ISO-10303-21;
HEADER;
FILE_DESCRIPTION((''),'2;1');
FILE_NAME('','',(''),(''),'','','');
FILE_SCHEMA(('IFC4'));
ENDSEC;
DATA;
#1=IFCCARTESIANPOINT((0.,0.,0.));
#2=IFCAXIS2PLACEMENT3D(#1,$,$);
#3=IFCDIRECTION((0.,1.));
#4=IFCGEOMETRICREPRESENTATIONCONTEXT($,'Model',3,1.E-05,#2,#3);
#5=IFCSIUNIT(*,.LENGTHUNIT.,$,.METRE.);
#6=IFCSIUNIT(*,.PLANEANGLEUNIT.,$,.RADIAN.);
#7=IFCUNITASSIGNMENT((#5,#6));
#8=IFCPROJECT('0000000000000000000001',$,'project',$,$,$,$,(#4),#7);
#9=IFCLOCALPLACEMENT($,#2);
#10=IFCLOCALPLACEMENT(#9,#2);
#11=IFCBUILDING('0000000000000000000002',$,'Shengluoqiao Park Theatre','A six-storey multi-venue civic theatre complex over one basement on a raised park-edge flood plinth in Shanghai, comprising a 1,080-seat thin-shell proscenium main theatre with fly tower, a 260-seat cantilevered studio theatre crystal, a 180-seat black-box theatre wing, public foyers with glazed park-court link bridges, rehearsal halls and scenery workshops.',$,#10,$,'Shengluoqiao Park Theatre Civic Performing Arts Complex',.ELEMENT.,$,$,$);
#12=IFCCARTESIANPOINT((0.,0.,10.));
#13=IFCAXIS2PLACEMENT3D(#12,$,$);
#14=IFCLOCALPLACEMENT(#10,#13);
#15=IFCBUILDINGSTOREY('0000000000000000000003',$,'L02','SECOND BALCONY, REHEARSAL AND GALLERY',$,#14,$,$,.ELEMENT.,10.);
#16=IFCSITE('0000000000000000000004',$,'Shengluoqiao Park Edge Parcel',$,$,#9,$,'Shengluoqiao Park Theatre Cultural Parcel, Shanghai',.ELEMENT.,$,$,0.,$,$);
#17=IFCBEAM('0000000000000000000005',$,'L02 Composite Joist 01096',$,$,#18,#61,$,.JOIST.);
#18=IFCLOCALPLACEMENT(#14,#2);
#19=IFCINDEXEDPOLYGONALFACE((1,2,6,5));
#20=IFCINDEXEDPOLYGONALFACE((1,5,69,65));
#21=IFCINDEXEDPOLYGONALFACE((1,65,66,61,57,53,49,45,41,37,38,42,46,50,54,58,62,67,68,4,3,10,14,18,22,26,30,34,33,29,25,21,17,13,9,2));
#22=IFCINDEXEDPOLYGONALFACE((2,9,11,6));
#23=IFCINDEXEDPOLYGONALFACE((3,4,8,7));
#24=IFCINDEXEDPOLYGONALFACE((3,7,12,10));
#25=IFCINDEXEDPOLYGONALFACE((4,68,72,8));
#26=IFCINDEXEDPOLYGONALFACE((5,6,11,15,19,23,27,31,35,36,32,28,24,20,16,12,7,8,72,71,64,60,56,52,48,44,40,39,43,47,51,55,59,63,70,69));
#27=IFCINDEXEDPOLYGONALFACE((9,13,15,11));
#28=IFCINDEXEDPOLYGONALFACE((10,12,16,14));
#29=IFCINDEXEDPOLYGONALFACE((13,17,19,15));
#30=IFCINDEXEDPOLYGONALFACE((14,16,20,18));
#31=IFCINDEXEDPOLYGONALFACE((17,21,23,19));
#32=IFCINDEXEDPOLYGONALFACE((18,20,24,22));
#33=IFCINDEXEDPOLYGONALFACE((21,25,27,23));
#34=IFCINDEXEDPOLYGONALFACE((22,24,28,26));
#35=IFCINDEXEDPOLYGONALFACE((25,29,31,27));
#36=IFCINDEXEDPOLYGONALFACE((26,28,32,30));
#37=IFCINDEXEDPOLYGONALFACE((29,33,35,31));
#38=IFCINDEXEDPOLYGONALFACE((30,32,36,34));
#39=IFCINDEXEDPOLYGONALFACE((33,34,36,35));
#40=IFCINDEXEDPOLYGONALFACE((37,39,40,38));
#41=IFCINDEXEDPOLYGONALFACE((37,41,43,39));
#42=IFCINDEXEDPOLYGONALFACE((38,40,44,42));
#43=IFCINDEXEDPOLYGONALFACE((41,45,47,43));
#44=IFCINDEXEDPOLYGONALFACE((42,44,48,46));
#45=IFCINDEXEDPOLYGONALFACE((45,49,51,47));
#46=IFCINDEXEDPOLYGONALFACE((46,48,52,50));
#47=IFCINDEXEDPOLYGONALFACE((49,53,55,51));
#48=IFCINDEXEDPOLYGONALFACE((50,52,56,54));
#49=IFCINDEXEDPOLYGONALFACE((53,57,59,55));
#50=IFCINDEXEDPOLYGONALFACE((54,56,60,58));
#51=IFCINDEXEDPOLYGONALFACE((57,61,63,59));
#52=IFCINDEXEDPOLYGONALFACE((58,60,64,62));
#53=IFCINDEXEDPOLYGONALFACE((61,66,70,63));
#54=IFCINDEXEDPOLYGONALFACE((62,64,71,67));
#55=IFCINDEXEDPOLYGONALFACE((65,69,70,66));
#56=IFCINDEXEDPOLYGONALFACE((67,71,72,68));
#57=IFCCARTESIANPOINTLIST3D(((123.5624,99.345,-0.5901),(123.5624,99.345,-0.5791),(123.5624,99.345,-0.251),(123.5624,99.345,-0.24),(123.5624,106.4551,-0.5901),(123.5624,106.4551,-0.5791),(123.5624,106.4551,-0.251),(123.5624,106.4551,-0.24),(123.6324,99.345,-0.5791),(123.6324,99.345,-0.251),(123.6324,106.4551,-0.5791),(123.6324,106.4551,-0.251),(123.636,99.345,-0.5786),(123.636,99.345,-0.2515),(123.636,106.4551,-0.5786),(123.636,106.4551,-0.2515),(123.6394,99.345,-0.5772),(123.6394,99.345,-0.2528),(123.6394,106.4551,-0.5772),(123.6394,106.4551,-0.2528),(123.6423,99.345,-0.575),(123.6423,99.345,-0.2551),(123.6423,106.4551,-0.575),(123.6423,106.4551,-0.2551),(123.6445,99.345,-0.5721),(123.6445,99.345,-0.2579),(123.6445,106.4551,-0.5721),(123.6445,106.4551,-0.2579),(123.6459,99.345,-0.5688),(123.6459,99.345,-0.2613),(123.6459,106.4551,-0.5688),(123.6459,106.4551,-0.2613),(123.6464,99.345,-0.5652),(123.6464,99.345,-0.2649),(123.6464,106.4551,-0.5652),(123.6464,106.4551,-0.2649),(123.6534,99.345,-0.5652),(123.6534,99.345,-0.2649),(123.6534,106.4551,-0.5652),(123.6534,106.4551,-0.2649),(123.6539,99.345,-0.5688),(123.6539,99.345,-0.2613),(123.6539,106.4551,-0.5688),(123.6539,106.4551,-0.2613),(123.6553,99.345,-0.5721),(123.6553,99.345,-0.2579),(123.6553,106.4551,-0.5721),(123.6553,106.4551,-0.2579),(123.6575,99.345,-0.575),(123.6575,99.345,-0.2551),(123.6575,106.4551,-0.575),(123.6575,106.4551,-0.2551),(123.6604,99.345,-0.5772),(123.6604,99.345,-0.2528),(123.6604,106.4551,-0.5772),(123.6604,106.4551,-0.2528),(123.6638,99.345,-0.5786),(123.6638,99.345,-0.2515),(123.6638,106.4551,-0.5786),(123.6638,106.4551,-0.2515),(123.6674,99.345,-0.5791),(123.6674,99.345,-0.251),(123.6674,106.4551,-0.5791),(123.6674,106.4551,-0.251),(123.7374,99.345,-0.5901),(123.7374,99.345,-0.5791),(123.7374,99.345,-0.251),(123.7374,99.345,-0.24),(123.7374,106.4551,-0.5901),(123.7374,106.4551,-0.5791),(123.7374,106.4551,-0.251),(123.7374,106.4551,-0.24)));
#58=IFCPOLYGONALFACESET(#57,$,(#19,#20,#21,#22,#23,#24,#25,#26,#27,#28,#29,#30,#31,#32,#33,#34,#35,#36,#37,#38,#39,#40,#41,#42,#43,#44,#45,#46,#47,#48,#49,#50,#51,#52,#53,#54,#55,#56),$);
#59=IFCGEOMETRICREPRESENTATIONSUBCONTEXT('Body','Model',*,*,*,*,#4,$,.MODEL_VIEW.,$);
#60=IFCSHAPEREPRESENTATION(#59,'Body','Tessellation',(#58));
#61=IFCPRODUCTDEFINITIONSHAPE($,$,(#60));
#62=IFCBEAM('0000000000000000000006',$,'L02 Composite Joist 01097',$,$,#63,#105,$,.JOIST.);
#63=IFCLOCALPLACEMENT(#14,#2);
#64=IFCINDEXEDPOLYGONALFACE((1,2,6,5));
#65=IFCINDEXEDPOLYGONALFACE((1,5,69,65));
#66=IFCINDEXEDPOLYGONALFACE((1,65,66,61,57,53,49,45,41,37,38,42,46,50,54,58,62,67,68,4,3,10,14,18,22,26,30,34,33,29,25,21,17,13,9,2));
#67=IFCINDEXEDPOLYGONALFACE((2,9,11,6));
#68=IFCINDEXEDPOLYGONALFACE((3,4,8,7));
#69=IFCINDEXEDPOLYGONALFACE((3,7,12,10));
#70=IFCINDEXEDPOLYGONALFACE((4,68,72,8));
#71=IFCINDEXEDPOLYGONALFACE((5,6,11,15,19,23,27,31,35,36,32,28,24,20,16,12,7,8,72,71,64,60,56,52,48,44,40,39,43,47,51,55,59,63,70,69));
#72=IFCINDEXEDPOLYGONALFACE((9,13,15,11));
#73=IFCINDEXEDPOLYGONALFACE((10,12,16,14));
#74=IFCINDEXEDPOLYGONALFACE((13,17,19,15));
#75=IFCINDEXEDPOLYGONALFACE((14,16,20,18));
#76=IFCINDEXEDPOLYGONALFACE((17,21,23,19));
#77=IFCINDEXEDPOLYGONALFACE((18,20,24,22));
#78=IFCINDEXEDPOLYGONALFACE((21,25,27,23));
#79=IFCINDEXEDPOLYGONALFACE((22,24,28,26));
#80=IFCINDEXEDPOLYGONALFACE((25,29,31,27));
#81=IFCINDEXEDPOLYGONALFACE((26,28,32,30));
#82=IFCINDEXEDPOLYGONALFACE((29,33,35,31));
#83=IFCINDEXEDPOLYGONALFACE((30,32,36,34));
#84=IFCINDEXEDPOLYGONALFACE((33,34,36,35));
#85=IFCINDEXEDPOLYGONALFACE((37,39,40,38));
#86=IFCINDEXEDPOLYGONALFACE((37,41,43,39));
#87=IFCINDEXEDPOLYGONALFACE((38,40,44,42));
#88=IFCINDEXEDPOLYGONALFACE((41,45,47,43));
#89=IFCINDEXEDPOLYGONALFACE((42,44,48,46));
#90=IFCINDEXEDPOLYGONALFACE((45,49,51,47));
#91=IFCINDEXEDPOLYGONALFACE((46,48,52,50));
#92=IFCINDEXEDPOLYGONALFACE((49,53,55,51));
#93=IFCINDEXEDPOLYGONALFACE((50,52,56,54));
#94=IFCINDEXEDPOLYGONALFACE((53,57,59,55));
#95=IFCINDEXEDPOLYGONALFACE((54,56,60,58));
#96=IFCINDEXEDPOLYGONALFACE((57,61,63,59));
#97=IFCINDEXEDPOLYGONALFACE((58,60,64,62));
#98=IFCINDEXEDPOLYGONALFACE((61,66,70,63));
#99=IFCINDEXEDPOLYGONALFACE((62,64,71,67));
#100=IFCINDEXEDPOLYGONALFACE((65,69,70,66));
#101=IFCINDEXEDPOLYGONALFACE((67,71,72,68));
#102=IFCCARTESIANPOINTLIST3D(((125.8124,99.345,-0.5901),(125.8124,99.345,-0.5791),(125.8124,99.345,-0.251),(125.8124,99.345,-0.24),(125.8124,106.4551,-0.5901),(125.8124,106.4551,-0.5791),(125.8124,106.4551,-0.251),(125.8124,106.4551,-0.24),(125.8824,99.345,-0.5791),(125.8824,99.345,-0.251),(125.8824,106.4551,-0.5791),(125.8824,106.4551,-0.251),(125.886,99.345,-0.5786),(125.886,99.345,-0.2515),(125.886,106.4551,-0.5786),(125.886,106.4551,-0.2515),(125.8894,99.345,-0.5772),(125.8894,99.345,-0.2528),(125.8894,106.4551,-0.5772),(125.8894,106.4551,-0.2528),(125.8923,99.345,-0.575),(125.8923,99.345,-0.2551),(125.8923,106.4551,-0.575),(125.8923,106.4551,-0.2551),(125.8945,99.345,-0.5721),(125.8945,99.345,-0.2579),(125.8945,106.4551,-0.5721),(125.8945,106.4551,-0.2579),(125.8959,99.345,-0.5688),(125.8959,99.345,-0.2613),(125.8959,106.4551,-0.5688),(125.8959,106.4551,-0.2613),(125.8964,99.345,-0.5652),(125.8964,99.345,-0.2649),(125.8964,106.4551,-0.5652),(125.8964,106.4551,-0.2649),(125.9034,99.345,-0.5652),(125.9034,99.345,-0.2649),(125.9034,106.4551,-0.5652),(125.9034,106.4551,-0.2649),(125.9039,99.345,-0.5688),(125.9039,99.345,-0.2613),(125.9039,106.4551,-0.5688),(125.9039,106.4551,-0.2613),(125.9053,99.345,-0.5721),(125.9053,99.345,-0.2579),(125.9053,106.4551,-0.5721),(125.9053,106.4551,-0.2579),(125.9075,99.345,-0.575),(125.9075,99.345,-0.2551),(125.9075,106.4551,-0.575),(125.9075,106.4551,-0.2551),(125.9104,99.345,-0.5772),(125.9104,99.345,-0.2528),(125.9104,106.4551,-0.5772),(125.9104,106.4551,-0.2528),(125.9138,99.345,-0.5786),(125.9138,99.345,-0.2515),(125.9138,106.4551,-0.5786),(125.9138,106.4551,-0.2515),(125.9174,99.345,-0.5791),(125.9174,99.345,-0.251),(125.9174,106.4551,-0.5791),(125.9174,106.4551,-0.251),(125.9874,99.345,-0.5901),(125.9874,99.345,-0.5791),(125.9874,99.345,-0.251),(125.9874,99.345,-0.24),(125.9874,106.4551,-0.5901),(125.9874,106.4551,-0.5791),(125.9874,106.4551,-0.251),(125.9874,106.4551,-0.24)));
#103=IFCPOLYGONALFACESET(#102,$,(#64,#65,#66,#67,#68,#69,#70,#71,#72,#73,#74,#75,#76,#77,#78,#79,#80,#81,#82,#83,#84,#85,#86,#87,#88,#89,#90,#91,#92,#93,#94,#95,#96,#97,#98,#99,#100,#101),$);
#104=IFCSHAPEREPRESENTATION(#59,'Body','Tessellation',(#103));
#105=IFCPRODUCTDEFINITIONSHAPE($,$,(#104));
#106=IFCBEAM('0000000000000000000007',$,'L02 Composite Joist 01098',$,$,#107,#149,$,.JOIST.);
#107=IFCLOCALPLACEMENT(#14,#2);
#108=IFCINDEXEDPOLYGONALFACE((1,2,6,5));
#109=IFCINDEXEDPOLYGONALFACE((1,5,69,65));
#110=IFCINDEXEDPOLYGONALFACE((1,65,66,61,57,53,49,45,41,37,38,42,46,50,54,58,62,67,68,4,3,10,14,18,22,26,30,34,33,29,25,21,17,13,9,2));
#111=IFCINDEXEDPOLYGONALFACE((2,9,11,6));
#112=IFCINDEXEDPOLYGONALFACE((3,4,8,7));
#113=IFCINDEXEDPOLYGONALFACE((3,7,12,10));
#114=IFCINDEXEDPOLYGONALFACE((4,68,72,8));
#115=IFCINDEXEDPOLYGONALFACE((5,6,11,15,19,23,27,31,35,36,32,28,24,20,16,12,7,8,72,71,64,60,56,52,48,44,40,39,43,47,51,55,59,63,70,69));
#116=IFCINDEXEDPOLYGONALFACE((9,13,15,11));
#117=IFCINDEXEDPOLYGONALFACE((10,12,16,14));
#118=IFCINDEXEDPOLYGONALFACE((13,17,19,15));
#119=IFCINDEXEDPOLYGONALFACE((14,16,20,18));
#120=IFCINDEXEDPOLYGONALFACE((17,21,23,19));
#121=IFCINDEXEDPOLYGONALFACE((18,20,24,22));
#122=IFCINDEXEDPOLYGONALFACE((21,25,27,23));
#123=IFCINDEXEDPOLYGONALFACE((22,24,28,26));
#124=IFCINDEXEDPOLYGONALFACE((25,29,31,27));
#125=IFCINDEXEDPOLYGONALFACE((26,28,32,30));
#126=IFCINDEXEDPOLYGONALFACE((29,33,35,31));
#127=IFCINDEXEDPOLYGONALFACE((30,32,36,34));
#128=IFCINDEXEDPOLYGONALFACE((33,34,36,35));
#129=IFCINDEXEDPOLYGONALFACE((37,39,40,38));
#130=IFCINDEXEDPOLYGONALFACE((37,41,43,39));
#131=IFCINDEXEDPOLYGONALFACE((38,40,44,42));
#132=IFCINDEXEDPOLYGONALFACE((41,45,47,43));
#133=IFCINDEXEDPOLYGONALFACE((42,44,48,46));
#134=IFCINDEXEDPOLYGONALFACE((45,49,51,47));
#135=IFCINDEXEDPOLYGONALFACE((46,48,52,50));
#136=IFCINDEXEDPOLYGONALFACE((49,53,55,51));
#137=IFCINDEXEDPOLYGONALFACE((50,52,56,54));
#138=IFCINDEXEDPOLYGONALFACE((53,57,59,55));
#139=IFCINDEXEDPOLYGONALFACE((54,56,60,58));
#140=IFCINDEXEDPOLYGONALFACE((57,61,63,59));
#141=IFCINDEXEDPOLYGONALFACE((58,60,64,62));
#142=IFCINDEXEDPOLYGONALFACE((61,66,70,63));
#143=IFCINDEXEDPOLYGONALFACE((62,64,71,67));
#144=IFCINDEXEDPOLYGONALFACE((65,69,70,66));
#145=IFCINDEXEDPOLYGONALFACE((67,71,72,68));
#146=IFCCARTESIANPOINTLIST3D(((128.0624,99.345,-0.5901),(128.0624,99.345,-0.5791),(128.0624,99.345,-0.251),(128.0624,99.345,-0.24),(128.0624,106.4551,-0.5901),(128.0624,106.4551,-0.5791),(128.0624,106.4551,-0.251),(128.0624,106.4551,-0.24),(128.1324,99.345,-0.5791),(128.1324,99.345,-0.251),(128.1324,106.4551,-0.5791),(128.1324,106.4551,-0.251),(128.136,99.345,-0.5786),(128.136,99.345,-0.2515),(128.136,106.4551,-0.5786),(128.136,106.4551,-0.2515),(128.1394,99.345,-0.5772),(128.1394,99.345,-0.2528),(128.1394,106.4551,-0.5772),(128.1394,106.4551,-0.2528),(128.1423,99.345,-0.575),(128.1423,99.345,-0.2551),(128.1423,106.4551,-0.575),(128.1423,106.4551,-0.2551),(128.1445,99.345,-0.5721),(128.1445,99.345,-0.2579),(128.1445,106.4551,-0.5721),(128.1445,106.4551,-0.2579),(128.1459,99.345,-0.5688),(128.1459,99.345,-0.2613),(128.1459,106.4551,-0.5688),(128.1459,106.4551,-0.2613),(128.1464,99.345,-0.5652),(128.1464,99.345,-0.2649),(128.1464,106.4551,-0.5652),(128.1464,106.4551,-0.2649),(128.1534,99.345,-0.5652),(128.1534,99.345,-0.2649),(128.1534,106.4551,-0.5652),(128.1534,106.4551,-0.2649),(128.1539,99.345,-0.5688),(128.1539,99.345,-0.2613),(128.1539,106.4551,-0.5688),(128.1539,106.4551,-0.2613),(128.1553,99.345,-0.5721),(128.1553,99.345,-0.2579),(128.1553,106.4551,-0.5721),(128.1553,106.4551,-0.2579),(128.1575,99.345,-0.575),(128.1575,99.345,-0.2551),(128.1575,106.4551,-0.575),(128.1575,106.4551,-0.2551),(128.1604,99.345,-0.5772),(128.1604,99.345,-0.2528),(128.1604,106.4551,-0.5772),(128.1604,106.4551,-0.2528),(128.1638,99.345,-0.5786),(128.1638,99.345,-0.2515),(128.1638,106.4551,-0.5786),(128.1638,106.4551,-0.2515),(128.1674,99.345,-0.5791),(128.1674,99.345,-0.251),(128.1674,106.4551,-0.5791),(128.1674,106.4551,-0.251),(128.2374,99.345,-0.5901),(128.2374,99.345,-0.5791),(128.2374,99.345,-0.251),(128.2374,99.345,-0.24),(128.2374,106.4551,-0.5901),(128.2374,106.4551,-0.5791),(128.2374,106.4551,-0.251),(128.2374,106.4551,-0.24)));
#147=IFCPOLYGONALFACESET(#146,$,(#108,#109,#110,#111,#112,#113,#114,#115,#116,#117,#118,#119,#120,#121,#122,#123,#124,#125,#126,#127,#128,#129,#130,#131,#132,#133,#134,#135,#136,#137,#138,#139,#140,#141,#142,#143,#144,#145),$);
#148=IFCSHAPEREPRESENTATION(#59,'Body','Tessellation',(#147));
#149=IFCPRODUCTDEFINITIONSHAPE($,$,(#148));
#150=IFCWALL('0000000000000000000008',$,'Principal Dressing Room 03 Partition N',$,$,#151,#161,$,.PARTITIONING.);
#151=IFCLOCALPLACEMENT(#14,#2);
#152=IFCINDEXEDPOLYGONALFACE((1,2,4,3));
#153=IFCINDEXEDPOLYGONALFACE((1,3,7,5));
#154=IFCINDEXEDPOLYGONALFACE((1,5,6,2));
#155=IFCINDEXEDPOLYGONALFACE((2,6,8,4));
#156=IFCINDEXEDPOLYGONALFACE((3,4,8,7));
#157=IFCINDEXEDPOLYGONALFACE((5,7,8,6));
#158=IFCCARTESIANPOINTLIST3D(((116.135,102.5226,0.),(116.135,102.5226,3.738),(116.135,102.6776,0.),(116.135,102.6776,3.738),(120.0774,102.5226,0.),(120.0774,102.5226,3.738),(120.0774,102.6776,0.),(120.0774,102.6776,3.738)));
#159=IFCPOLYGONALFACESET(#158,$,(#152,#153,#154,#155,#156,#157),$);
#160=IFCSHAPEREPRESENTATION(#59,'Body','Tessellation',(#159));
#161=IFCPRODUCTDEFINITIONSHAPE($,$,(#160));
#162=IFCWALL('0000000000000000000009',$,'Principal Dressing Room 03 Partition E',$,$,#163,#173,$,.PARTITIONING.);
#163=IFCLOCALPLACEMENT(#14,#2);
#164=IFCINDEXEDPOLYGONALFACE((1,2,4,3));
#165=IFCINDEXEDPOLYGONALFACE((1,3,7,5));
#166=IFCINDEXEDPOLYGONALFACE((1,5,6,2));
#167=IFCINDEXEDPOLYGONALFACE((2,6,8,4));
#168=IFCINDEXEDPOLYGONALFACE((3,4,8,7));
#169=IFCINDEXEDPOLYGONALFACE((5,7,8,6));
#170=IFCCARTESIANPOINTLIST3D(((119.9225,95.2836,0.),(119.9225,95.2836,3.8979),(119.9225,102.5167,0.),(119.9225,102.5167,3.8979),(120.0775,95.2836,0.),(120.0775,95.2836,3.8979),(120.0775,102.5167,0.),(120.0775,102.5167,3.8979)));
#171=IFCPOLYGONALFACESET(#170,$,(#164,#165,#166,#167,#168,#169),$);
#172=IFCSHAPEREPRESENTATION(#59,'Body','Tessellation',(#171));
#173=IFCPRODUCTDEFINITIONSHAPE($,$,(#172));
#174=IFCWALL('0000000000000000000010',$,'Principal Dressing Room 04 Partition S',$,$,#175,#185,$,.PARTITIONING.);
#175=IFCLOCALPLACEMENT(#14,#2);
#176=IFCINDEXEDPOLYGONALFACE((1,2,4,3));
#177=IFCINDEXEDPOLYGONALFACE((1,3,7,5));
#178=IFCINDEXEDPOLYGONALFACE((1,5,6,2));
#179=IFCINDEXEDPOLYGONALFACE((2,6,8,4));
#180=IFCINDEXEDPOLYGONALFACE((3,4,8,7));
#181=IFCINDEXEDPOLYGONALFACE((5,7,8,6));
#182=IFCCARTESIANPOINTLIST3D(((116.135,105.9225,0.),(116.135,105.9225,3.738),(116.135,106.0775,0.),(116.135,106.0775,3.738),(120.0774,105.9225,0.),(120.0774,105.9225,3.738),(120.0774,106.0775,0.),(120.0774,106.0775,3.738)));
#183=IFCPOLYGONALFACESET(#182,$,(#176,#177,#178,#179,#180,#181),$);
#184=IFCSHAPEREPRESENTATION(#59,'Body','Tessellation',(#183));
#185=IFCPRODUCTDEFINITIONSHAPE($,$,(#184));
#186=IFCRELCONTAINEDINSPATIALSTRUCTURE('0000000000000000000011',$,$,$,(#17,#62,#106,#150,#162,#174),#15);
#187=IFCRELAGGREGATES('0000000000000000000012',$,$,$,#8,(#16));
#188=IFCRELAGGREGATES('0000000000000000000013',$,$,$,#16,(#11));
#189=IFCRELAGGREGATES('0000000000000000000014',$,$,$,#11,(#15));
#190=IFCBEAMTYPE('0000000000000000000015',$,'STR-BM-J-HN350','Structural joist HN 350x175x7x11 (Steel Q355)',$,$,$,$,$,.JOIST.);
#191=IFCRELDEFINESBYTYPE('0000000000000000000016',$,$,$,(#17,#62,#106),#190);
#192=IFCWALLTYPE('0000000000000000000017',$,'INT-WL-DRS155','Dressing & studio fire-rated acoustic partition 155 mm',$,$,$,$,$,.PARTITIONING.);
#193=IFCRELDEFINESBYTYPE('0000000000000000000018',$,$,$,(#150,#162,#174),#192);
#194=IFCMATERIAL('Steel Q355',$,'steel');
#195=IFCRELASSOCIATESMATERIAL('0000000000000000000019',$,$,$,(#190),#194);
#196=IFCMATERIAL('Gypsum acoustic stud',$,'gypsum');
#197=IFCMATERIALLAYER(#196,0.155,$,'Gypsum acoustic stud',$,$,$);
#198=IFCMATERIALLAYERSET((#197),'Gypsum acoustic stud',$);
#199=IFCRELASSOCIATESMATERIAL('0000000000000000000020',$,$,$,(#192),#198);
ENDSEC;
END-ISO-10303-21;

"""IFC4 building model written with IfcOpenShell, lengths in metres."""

from ifc_helpers import new_model, si_unit, direction, frame, frame_2d, origin, origin_2d, place, context, subcontext, project, spatial, rectangle, i_section, extrude, material, layer, layer_set, material_profile, profile_set, type_object, element, save


model = new_model("IFC4")

# Units and contexts
model_context = context("Model", 3, precision=1e-05, world=origin(), true_north=direction((0.0, 1.0)))
body_context = subcontext(model_context, "Body", "Model", "MODEL_VIEW")
ifc_project = project(units=[si_unit("LENGTHUNIT", "METRE"), si_unit("PLANEANGLEUNIT", "RADIAN")], contexts=[model_context])

# Site, building, storey
site_placement = place(None, origin())
site = spatial("IfcSite", under=ifc_project, at=site_placement, Name="Shengluoqiao Park Edge Parcel", LongName="Shengluoqiao Park Theatre Cultural Parcel, Shanghai", CompositionType="ELEMENT", RefElevation=0.0)
building_placement = place(site_placement, origin())
building = spatial("IfcBuilding", under=site, at=building_placement, Name="Shengluoqiao Park Theatre", Description="A six-storey multi-venue civic theatre complex over one basement on a raised park-edge flood plinth in Shanghai, comprising a 1,080-seat thin-shell proscenium main theatre with fly tower, a 260-seat cantilevered studio theatre crystal, a 180-seat black-box theatre wing, public foyers with glazed park-court link bridges, rehearsal halls and scenery workshops.", LongName="Shengluoqiao Park Theatre Civic Performing Arts Complex", CompositionType="ELEMENT")
storey_placement = place(building_placement, frame((0.0, 0.0, 10.0)))
storey = spatial("IfcBuildingStorey", under=building, at=storey_placement, Name="L02", Description="SECOND BALCONY, REHEARSAL AND GALLERY", CompositionType="ELEMENT", Elevation=10.0)

# Beams
ifc_material_1 = material(Name="Steel Q355", Category="steel")
ifc_material_profile_1 = material_profile(ifc_material_1, i_section(OverallWidth=0.175, OverallDepth=0.3501, WebThickness=0.0071, FlangeThickness=0.011, FilletRadius=0.0139, at=origin_2d()), Name="HN 350x175x7x11")
ifc_profile_set_1 = profile_set([ifc_material_profile_1], Name="Steel Q355")
beam_type_1 = type_object("IfcBeamType", Name="STR-BM-J-HN350", Description="Structural joist HN 350x175x7x11 (Steel Q355)", PredefinedType="JOIST", material=ifc_profile_set_1)
for number, where, z_axis, x_axis, name in (
    (1, (123.6499, 99.345, -0.415), (0.0, 1.0, 0.0), (-1.0, 0.0, 0.0), "L02 Composite Joist 01096"),
    (2, (125.8999, 99.345, -0.415), (0.0, 1.0, 0.0), (-1.0, 0.0, 0.0), "L02 Composite Joist 01097"),
    (3, (128.1499, 99.345, -0.415), (0.0, 1.0, 0.0), (-1.0, 0.0, 0.0), "L02 Composite Joist 01098"),
):
    element("IfcBeam", number, at=place(storey_placement, frame(where, z_axis=z_axis, x_axis=x_axis)), inside=storey, type_object=beam_type_1, Name=name, PredefinedType="JOIST", context=body_context, shape_type="SweptSolid", body=[
        extrude(i_section(OverallWidth=0.175, OverallDepth=0.3501, WebThickness=0.0071, FlangeThickness=0.011, FilletRadius=0.0139, at=origin_2d()), origin(), (0.0, 0.0, 1.0), 7.1101),
    ])

# Walls
ifc_material_2 = material(Name="Gypsum acoustic stud", Category="gypsum")
ifc_layer_1 = layer(ifc_material_2, 0.155, Name="Gypsum acoustic stud")
ifc_layer_set_1 = layer_set([ifc_layer_1], Name="Gypsum acoustic stud")
wall_type_1 = type_object("IfcWallType", Name="INT-WL-DRS155", Description="Dressing & studio fire-rated acoustic partition 155 mm", PredefinedType="PARTITIONING", material=ifc_layer_set_1)
wall_1_placement = place(storey_placement, frame((116.135, 102.6001, 0.0), z_axis=(0.0, 0.0, 1.0), x_axis=(1.0, 0.0, 0.0)))
element("IfcWall", 4, at=wall_1_placement, inside=storey, type_object=wall_type_1, Name="Principal Dressing Room 03 Partition N", PredefinedType="PARTITIONING", context=body_context, shape_type="SweptSolid", body=[
    extrude(rectangle(XDim=3.9424, YDim=0.155, at=frame_2d((1.9712, 0.0))), origin(), (0.0, 0.0, 1.0), 3.738),
])
wall_2_placement = place(storey_placement, frame((120.0, 95.2834, 0.0), z_axis=(0.0, 0.0, 1.0), x_axis=(0.0, 1.0, 0.0)))
element("IfcWall", 5, at=wall_2_placement, inside=storey, type_object=wall_type_1, Name="Principal Dressing Room 03 Partition E", PredefinedType="PARTITIONING", context=body_context, shape_type="SweptSolid", body=[
    extrude(rectangle(XDim=7.2332, YDim=0.155, at=frame_2d((3.6167, 0.0))), origin(), (0.0, 0.0, 1.0), 3.8979),
])
wall_3_placement = place(storey_placement, frame((116.135, 106.0, 0.0), z_axis=(0.0, 0.0, 1.0), x_axis=(1.0, 0.0, 0.0)))
element("IfcWall", 6, at=wall_3_placement, inside=storey, type_object=wall_type_1, Name="Principal Dressing Room 04 Partition S", PredefinedType="PARTITIONING", context=body_context, shape_type="SweptSolid", body=[
    extrude(rectangle(XDim=3.9424, YDim=0.155, at=frame_2d((1.9712, 0.0))), origin(), (0.0, 0.0, 1.0), 3.738),
])

save(model, "model.ifc")
